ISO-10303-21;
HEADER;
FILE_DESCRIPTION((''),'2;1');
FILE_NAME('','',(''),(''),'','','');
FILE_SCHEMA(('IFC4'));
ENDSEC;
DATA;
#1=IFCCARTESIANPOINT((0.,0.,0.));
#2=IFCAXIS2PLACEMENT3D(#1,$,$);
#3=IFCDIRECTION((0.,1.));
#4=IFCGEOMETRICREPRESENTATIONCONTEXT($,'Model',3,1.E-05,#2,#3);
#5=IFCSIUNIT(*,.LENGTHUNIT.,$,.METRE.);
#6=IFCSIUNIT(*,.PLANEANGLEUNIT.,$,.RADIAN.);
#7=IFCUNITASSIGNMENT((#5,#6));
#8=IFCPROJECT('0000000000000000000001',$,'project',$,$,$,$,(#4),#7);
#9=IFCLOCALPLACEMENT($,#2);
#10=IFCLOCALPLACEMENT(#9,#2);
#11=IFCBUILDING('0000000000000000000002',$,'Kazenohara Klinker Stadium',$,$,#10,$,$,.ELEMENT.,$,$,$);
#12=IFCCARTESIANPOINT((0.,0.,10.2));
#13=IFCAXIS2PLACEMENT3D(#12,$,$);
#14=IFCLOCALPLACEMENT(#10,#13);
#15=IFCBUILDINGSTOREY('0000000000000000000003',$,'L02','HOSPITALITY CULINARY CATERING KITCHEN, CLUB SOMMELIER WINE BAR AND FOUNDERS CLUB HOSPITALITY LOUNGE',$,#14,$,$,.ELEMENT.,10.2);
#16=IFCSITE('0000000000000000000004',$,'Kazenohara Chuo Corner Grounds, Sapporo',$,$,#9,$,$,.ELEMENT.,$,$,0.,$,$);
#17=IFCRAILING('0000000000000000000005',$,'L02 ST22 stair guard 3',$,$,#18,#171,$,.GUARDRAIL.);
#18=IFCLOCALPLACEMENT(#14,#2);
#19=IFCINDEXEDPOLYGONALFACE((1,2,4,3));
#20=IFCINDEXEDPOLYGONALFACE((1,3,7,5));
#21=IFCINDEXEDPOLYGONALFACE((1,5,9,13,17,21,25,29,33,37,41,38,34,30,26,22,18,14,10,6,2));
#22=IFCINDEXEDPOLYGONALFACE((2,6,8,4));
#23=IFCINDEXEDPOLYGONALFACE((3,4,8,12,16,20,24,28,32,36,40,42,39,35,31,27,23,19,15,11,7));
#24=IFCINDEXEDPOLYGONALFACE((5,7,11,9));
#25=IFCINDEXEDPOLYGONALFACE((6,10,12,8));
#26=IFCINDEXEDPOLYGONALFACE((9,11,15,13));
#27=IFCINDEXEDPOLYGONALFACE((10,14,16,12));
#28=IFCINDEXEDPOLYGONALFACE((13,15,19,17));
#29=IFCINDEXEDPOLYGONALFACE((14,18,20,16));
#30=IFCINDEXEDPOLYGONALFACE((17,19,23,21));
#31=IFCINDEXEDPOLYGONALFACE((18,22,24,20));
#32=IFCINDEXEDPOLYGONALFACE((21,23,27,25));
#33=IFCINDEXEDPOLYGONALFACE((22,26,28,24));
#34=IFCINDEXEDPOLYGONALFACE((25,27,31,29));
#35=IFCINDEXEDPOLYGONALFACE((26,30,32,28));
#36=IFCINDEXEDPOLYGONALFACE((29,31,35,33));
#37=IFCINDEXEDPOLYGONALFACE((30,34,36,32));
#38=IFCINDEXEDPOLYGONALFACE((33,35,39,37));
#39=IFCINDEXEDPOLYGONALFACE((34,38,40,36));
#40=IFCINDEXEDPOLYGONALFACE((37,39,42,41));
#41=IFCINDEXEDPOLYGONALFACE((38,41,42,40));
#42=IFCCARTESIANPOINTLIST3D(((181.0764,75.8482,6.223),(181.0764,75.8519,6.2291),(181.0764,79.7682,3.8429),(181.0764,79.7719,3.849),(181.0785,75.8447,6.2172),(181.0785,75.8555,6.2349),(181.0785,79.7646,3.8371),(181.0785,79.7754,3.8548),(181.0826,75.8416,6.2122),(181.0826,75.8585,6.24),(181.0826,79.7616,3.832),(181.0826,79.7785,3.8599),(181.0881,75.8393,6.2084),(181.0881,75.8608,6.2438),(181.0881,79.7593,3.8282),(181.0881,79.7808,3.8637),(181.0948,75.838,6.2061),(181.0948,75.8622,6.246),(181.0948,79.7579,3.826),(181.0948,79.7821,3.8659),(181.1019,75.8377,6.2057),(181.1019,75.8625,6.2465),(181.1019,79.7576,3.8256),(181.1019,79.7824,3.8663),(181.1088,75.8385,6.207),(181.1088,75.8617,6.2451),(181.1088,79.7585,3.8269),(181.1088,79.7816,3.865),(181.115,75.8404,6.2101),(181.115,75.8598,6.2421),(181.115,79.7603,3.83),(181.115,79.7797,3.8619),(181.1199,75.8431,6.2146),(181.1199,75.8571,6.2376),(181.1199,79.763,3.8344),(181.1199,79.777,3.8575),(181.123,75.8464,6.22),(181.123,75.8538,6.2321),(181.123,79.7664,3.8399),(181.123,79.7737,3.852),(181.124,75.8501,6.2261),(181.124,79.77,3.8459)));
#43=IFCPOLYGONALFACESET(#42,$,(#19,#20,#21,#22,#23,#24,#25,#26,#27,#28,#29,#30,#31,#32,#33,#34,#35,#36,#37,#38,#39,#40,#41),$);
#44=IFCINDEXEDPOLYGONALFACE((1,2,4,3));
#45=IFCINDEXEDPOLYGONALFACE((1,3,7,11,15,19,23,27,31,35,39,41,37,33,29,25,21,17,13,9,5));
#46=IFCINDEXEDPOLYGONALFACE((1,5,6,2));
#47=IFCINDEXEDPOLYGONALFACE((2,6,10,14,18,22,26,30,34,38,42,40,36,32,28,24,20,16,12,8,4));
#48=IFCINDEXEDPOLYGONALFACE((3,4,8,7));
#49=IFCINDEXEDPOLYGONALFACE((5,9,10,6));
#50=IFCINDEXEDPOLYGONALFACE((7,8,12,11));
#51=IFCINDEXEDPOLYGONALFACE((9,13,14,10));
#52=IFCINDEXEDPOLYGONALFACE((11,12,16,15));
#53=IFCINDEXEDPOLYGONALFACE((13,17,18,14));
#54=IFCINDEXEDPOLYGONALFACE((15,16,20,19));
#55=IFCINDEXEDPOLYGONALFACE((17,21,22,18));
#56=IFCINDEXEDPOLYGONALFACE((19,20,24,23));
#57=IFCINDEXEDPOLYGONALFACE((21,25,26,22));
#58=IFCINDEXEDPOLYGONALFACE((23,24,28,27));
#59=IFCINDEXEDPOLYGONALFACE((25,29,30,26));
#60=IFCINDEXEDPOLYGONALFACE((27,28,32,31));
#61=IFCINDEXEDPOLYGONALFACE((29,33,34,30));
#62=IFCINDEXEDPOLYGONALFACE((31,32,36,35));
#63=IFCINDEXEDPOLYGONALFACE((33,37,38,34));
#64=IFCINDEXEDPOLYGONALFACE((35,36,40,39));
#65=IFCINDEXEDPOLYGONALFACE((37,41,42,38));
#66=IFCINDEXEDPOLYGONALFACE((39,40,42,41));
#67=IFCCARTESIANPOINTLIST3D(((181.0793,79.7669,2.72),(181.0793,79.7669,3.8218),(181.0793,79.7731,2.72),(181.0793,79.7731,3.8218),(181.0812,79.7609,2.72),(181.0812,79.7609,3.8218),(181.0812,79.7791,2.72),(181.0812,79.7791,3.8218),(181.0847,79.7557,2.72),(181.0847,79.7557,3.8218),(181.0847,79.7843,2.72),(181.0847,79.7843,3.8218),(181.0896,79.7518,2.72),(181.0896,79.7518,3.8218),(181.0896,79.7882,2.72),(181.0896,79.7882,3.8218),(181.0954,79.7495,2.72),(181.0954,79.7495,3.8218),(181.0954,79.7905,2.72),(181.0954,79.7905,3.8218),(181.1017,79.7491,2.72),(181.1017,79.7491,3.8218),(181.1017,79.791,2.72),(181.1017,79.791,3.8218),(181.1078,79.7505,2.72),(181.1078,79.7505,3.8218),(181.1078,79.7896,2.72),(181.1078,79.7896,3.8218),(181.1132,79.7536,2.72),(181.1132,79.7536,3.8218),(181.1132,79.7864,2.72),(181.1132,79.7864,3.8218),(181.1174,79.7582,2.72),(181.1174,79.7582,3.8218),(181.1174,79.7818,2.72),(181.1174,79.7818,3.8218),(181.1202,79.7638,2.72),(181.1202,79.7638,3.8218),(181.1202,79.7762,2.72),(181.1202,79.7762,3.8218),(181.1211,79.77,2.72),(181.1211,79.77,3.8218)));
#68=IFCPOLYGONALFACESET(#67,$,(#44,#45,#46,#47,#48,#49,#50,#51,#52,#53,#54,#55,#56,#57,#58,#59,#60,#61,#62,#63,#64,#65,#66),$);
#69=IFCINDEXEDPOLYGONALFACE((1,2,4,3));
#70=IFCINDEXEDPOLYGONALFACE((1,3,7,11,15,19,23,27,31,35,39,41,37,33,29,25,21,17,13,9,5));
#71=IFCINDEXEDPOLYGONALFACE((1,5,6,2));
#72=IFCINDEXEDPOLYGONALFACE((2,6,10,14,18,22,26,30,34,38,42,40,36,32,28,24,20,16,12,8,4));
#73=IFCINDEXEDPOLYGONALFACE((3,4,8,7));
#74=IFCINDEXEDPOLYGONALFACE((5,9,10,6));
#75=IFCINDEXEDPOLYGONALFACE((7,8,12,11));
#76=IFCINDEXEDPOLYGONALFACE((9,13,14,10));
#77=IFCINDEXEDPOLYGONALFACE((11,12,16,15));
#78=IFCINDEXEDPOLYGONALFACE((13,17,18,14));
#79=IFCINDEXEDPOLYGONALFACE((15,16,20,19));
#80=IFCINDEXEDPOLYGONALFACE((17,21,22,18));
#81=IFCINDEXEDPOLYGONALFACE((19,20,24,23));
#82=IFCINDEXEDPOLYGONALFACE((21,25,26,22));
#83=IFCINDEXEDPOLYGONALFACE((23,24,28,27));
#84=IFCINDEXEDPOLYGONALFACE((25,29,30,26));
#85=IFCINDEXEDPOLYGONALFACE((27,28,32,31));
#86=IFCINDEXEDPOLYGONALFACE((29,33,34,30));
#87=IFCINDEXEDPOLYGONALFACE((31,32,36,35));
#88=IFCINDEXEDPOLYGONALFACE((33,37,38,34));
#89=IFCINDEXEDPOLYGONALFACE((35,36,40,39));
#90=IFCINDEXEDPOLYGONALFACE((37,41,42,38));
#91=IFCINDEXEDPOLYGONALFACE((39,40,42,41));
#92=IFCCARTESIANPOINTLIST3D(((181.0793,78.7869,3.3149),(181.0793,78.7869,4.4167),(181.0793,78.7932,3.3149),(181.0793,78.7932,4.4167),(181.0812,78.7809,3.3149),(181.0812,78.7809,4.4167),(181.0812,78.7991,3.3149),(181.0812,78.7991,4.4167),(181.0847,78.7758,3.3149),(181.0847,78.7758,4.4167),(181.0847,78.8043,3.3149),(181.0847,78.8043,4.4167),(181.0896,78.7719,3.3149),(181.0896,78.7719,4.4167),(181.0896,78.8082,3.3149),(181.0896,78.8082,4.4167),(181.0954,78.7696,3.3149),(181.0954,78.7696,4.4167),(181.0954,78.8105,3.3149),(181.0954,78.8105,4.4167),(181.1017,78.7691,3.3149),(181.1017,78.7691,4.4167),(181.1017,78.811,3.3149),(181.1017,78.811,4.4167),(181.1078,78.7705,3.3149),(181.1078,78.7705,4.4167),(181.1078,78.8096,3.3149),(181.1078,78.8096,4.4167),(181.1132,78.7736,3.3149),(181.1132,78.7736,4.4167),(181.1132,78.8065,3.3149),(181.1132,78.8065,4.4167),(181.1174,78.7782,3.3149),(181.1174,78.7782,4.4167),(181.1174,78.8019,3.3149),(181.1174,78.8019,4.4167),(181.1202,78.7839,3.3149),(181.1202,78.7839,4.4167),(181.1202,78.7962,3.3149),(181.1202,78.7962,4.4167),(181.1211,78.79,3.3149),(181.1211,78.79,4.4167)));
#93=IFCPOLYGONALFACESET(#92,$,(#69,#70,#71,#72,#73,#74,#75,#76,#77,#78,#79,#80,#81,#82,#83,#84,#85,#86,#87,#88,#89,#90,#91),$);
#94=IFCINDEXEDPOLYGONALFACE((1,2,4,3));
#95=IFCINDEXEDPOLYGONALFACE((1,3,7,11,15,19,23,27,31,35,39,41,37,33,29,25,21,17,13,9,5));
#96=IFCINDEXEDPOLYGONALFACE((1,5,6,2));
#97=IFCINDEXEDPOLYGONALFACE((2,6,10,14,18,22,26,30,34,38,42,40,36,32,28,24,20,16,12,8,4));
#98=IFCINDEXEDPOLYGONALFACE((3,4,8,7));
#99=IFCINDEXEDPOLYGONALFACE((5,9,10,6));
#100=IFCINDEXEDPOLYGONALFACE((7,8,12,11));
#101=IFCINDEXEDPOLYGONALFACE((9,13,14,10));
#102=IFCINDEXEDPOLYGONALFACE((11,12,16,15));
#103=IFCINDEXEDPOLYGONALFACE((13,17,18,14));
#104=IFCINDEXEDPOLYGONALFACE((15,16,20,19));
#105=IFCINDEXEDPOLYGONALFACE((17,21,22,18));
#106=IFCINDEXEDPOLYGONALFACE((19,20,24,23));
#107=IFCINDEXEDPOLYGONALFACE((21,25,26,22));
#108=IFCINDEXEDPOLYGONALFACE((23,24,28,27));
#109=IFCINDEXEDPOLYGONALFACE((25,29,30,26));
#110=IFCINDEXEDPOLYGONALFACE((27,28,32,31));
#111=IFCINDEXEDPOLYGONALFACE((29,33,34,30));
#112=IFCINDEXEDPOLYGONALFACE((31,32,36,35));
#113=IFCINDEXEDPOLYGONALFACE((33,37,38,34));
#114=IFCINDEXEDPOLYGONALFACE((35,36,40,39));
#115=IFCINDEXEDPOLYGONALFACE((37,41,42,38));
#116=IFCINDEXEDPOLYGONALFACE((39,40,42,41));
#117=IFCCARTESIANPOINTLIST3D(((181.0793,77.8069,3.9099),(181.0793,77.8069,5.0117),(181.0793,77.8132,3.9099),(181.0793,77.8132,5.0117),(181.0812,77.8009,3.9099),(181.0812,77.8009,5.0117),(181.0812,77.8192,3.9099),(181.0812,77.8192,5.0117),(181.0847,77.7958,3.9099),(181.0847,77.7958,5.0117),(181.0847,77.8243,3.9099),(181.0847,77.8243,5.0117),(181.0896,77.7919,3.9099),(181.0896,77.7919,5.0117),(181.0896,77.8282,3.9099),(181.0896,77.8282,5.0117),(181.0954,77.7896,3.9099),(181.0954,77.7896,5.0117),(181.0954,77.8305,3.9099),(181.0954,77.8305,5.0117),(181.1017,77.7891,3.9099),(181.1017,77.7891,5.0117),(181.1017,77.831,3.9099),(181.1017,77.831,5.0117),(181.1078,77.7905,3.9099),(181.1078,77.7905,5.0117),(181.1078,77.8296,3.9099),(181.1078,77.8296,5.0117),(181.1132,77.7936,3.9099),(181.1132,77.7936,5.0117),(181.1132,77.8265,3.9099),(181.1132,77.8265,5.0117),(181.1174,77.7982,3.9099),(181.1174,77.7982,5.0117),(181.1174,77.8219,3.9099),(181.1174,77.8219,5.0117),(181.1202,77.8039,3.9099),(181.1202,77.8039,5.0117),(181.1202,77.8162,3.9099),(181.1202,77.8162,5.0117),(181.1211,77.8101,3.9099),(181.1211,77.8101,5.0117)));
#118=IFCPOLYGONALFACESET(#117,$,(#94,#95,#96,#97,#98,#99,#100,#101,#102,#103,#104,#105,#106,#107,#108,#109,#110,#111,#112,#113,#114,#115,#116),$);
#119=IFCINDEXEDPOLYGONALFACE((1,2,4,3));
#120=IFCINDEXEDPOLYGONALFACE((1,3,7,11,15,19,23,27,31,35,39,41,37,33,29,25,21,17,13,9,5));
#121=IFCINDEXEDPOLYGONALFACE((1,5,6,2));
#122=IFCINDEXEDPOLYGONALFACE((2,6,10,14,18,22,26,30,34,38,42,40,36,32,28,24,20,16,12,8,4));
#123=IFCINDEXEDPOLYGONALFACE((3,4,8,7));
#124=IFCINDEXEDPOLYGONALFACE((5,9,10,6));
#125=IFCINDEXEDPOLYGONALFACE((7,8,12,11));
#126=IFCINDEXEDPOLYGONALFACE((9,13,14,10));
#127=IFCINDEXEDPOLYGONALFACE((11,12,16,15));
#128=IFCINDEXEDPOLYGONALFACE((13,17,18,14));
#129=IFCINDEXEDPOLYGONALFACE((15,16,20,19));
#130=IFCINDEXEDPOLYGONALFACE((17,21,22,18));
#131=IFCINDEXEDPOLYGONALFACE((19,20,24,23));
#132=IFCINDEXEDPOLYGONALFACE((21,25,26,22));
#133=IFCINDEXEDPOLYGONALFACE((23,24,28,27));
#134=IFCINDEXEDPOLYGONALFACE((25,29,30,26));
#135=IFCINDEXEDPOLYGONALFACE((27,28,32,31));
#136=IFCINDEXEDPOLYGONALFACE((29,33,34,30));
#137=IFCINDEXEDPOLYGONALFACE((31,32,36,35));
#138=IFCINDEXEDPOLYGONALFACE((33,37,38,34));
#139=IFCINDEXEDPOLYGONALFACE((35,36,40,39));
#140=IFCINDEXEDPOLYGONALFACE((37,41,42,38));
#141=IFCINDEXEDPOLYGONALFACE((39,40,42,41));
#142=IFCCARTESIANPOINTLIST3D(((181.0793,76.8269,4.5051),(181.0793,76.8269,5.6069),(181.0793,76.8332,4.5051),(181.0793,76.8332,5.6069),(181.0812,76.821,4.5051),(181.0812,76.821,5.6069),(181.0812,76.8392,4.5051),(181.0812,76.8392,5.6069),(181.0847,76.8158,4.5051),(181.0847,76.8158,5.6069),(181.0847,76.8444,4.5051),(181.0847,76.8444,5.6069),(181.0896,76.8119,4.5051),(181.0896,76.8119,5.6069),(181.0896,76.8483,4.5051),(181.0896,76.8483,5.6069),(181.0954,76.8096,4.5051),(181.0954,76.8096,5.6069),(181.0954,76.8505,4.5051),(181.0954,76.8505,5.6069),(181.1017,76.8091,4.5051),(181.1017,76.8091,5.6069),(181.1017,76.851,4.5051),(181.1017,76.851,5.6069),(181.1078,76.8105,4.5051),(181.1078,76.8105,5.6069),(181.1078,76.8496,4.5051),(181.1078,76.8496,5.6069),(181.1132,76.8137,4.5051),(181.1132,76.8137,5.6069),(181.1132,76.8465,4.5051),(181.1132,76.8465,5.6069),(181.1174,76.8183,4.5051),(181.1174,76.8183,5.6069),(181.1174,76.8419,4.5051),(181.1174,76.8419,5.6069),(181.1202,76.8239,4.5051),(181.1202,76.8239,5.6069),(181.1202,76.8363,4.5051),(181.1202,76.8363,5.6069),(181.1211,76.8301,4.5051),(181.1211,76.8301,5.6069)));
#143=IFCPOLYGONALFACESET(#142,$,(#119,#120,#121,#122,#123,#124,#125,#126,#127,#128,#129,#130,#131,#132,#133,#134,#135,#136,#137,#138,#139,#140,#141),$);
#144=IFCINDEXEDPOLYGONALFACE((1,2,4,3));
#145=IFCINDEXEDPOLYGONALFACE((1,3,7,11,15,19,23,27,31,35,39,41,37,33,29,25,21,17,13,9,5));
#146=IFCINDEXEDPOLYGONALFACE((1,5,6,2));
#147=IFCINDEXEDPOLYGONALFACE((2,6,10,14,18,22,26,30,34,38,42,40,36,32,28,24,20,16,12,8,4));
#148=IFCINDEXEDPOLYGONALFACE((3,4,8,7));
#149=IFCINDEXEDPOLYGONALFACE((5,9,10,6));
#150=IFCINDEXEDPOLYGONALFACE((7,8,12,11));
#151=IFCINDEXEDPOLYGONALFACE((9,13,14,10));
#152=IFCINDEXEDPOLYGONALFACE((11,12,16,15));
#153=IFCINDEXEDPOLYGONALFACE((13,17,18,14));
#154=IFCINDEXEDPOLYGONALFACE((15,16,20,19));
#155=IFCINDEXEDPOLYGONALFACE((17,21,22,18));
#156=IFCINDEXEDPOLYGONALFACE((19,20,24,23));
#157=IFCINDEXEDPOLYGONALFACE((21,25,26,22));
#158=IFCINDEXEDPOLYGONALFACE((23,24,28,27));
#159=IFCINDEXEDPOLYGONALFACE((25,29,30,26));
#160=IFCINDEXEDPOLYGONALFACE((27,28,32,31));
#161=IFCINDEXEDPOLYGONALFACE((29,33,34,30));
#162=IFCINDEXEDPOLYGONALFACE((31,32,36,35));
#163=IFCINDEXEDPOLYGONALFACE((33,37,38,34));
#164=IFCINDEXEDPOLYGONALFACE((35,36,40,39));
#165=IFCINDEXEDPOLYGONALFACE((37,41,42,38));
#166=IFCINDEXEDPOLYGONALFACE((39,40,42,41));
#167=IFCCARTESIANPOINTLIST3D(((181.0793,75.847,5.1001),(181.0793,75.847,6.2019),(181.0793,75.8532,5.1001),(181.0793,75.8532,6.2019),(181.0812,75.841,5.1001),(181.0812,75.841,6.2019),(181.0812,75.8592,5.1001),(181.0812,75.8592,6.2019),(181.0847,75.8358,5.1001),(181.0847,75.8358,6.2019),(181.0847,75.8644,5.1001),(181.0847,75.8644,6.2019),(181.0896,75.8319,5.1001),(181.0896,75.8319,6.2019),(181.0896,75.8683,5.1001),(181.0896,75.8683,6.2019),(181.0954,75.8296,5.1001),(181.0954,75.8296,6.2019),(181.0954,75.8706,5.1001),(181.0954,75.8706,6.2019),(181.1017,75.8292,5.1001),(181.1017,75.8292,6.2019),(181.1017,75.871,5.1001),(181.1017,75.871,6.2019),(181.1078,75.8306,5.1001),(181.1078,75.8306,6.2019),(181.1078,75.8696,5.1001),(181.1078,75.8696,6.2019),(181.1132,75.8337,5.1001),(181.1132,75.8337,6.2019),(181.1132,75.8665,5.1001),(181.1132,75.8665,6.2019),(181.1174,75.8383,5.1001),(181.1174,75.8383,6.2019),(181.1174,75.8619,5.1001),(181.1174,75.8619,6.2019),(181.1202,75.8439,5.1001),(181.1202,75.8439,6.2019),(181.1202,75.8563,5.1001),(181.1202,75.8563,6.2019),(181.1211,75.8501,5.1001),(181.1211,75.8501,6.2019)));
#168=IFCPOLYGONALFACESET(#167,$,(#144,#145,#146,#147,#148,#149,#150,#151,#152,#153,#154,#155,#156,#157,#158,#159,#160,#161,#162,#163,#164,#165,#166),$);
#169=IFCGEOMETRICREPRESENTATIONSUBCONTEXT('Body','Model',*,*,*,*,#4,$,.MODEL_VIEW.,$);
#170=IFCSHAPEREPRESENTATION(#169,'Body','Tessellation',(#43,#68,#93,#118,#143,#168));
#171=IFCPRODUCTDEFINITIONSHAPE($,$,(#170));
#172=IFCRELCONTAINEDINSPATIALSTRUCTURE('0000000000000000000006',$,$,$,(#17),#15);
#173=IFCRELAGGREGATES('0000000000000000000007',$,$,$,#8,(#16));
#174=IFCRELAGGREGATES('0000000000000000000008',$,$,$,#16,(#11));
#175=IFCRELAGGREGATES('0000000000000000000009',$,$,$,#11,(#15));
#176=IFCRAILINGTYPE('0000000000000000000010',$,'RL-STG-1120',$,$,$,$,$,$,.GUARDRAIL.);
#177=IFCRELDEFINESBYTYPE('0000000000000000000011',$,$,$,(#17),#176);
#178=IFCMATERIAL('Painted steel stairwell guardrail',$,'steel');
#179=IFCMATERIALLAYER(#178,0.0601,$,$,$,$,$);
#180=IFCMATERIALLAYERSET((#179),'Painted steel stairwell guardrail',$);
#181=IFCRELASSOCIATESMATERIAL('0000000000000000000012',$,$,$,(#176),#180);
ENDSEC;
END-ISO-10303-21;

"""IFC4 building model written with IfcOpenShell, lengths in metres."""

from ifc_helpers import new_model, si_unit, direction, frame, origin, origin_2d, place, context, subcontext, project, spatial, circle, extrude, material, layer, layer_set, type_object, element, save


model = new_model("IFC4")

# Units and contexts
model_context = context("Model", 3, precision=1e-05, world=origin(), true_north=direction((0.0, 1.0)))
body_context = subcontext(model_context, "Body", "Model", "MODEL_VIEW")
ifc_project = project(units=[si_unit("LENGTHUNIT", "METRE"), si_unit("PLANEANGLEUNIT", "RADIAN")], contexts=[model_context])

# Site, building, storey
site_placement = place(None, origin())
site = spatial("IfcSite", under=ifc_project, at=site_placement, Name="Kazenohara Chuo Corner Grounds, Sapporo", CompositionType="ELEMENT", RefElevation=0.0)
building_placement = place(site_placement, origin())
building = spatial("IfcBuilding", under=site, at=building_placement, Name="Kazenohara Klinker Stadium", CompositionType="ELEMENT")
storey_placement = place(building_placement, frame((0.0, 0.0, 10.2)))
storey = spatial("IfcBuildingStorey", under=building, at=storey_placement, Name="L02", Description="HOSPITALITY CULINARY CATERING KITCHEN, CLUB SOMMELIER WINE BAR AND FOUNDERS CLUB HOSPITALITY LOUNGE", CompositionType="ELEMENT", Elevation=10.2)

# Railing
ifc_material_1 = material(Name="Painted steel stairwell guardrail", Category="steel")
ifc_layer_1 = layer(ifc_material_1, 0.0601)
ifc_layer_set_1 = layer_set([ifc_layer_1], Name="Painted steel stairwell guardrail")
railing_type_1 = type_object("IfcRailingType", Name="RL-STG-1120", PredefinedType="GUARDRAIL", material=ifc_layer_set_1)
railing_1_placement = place(storey_placement, frame((181.1001, 79.77, 2.72)))
element("IfcRailing", 1, at=railing_1_placement, inside=storey, type_object=railing_type_1, Name="L02 ST22 stair guard 3", PredefinedType="GUARDRAIL", context=body_context, shape_type="SweptSolid", body=[
    extrude(circle(Radius=0.0239, at=origin_2d()), frame((0.0, 0.0, 1.126), z_axis=(0.0, -0.854771, 0.519006), x_axis=(1.0, 0.0, 0.0)), (0.0, 0.0, 1.0), 4.5859),
    extrude(circle(Radius=0.021, at=origin_2d()), origin(), (0.0, 0.0, 1.0), 1.1018),
    extrude(circle(Radius=0.021, at=origin_2d()), frame((0.0, -0.98, 0.595)), (0.0, 0.0, 1.0), 1.1018),
    extrude(circle(Radius=0.021, at=origin_2d()), frame((0.0, -1.96, 1.1899)), (0.0, 0.0, 1.0), 1.1018),
    extrude(circle(Radius=0.021, at=origin_2d()), frame((0.0, -2.9399, 1.7852)), (0.0, 0.0, 1.0), 1.1018),
    extrude(circle(Radius=0.021, at=origin_2d()), frame((0.0, -3.9199, 2.3801)), (0.0, 0.0, 1.0), 1.1018),
])

save(model, "model.ifc")
